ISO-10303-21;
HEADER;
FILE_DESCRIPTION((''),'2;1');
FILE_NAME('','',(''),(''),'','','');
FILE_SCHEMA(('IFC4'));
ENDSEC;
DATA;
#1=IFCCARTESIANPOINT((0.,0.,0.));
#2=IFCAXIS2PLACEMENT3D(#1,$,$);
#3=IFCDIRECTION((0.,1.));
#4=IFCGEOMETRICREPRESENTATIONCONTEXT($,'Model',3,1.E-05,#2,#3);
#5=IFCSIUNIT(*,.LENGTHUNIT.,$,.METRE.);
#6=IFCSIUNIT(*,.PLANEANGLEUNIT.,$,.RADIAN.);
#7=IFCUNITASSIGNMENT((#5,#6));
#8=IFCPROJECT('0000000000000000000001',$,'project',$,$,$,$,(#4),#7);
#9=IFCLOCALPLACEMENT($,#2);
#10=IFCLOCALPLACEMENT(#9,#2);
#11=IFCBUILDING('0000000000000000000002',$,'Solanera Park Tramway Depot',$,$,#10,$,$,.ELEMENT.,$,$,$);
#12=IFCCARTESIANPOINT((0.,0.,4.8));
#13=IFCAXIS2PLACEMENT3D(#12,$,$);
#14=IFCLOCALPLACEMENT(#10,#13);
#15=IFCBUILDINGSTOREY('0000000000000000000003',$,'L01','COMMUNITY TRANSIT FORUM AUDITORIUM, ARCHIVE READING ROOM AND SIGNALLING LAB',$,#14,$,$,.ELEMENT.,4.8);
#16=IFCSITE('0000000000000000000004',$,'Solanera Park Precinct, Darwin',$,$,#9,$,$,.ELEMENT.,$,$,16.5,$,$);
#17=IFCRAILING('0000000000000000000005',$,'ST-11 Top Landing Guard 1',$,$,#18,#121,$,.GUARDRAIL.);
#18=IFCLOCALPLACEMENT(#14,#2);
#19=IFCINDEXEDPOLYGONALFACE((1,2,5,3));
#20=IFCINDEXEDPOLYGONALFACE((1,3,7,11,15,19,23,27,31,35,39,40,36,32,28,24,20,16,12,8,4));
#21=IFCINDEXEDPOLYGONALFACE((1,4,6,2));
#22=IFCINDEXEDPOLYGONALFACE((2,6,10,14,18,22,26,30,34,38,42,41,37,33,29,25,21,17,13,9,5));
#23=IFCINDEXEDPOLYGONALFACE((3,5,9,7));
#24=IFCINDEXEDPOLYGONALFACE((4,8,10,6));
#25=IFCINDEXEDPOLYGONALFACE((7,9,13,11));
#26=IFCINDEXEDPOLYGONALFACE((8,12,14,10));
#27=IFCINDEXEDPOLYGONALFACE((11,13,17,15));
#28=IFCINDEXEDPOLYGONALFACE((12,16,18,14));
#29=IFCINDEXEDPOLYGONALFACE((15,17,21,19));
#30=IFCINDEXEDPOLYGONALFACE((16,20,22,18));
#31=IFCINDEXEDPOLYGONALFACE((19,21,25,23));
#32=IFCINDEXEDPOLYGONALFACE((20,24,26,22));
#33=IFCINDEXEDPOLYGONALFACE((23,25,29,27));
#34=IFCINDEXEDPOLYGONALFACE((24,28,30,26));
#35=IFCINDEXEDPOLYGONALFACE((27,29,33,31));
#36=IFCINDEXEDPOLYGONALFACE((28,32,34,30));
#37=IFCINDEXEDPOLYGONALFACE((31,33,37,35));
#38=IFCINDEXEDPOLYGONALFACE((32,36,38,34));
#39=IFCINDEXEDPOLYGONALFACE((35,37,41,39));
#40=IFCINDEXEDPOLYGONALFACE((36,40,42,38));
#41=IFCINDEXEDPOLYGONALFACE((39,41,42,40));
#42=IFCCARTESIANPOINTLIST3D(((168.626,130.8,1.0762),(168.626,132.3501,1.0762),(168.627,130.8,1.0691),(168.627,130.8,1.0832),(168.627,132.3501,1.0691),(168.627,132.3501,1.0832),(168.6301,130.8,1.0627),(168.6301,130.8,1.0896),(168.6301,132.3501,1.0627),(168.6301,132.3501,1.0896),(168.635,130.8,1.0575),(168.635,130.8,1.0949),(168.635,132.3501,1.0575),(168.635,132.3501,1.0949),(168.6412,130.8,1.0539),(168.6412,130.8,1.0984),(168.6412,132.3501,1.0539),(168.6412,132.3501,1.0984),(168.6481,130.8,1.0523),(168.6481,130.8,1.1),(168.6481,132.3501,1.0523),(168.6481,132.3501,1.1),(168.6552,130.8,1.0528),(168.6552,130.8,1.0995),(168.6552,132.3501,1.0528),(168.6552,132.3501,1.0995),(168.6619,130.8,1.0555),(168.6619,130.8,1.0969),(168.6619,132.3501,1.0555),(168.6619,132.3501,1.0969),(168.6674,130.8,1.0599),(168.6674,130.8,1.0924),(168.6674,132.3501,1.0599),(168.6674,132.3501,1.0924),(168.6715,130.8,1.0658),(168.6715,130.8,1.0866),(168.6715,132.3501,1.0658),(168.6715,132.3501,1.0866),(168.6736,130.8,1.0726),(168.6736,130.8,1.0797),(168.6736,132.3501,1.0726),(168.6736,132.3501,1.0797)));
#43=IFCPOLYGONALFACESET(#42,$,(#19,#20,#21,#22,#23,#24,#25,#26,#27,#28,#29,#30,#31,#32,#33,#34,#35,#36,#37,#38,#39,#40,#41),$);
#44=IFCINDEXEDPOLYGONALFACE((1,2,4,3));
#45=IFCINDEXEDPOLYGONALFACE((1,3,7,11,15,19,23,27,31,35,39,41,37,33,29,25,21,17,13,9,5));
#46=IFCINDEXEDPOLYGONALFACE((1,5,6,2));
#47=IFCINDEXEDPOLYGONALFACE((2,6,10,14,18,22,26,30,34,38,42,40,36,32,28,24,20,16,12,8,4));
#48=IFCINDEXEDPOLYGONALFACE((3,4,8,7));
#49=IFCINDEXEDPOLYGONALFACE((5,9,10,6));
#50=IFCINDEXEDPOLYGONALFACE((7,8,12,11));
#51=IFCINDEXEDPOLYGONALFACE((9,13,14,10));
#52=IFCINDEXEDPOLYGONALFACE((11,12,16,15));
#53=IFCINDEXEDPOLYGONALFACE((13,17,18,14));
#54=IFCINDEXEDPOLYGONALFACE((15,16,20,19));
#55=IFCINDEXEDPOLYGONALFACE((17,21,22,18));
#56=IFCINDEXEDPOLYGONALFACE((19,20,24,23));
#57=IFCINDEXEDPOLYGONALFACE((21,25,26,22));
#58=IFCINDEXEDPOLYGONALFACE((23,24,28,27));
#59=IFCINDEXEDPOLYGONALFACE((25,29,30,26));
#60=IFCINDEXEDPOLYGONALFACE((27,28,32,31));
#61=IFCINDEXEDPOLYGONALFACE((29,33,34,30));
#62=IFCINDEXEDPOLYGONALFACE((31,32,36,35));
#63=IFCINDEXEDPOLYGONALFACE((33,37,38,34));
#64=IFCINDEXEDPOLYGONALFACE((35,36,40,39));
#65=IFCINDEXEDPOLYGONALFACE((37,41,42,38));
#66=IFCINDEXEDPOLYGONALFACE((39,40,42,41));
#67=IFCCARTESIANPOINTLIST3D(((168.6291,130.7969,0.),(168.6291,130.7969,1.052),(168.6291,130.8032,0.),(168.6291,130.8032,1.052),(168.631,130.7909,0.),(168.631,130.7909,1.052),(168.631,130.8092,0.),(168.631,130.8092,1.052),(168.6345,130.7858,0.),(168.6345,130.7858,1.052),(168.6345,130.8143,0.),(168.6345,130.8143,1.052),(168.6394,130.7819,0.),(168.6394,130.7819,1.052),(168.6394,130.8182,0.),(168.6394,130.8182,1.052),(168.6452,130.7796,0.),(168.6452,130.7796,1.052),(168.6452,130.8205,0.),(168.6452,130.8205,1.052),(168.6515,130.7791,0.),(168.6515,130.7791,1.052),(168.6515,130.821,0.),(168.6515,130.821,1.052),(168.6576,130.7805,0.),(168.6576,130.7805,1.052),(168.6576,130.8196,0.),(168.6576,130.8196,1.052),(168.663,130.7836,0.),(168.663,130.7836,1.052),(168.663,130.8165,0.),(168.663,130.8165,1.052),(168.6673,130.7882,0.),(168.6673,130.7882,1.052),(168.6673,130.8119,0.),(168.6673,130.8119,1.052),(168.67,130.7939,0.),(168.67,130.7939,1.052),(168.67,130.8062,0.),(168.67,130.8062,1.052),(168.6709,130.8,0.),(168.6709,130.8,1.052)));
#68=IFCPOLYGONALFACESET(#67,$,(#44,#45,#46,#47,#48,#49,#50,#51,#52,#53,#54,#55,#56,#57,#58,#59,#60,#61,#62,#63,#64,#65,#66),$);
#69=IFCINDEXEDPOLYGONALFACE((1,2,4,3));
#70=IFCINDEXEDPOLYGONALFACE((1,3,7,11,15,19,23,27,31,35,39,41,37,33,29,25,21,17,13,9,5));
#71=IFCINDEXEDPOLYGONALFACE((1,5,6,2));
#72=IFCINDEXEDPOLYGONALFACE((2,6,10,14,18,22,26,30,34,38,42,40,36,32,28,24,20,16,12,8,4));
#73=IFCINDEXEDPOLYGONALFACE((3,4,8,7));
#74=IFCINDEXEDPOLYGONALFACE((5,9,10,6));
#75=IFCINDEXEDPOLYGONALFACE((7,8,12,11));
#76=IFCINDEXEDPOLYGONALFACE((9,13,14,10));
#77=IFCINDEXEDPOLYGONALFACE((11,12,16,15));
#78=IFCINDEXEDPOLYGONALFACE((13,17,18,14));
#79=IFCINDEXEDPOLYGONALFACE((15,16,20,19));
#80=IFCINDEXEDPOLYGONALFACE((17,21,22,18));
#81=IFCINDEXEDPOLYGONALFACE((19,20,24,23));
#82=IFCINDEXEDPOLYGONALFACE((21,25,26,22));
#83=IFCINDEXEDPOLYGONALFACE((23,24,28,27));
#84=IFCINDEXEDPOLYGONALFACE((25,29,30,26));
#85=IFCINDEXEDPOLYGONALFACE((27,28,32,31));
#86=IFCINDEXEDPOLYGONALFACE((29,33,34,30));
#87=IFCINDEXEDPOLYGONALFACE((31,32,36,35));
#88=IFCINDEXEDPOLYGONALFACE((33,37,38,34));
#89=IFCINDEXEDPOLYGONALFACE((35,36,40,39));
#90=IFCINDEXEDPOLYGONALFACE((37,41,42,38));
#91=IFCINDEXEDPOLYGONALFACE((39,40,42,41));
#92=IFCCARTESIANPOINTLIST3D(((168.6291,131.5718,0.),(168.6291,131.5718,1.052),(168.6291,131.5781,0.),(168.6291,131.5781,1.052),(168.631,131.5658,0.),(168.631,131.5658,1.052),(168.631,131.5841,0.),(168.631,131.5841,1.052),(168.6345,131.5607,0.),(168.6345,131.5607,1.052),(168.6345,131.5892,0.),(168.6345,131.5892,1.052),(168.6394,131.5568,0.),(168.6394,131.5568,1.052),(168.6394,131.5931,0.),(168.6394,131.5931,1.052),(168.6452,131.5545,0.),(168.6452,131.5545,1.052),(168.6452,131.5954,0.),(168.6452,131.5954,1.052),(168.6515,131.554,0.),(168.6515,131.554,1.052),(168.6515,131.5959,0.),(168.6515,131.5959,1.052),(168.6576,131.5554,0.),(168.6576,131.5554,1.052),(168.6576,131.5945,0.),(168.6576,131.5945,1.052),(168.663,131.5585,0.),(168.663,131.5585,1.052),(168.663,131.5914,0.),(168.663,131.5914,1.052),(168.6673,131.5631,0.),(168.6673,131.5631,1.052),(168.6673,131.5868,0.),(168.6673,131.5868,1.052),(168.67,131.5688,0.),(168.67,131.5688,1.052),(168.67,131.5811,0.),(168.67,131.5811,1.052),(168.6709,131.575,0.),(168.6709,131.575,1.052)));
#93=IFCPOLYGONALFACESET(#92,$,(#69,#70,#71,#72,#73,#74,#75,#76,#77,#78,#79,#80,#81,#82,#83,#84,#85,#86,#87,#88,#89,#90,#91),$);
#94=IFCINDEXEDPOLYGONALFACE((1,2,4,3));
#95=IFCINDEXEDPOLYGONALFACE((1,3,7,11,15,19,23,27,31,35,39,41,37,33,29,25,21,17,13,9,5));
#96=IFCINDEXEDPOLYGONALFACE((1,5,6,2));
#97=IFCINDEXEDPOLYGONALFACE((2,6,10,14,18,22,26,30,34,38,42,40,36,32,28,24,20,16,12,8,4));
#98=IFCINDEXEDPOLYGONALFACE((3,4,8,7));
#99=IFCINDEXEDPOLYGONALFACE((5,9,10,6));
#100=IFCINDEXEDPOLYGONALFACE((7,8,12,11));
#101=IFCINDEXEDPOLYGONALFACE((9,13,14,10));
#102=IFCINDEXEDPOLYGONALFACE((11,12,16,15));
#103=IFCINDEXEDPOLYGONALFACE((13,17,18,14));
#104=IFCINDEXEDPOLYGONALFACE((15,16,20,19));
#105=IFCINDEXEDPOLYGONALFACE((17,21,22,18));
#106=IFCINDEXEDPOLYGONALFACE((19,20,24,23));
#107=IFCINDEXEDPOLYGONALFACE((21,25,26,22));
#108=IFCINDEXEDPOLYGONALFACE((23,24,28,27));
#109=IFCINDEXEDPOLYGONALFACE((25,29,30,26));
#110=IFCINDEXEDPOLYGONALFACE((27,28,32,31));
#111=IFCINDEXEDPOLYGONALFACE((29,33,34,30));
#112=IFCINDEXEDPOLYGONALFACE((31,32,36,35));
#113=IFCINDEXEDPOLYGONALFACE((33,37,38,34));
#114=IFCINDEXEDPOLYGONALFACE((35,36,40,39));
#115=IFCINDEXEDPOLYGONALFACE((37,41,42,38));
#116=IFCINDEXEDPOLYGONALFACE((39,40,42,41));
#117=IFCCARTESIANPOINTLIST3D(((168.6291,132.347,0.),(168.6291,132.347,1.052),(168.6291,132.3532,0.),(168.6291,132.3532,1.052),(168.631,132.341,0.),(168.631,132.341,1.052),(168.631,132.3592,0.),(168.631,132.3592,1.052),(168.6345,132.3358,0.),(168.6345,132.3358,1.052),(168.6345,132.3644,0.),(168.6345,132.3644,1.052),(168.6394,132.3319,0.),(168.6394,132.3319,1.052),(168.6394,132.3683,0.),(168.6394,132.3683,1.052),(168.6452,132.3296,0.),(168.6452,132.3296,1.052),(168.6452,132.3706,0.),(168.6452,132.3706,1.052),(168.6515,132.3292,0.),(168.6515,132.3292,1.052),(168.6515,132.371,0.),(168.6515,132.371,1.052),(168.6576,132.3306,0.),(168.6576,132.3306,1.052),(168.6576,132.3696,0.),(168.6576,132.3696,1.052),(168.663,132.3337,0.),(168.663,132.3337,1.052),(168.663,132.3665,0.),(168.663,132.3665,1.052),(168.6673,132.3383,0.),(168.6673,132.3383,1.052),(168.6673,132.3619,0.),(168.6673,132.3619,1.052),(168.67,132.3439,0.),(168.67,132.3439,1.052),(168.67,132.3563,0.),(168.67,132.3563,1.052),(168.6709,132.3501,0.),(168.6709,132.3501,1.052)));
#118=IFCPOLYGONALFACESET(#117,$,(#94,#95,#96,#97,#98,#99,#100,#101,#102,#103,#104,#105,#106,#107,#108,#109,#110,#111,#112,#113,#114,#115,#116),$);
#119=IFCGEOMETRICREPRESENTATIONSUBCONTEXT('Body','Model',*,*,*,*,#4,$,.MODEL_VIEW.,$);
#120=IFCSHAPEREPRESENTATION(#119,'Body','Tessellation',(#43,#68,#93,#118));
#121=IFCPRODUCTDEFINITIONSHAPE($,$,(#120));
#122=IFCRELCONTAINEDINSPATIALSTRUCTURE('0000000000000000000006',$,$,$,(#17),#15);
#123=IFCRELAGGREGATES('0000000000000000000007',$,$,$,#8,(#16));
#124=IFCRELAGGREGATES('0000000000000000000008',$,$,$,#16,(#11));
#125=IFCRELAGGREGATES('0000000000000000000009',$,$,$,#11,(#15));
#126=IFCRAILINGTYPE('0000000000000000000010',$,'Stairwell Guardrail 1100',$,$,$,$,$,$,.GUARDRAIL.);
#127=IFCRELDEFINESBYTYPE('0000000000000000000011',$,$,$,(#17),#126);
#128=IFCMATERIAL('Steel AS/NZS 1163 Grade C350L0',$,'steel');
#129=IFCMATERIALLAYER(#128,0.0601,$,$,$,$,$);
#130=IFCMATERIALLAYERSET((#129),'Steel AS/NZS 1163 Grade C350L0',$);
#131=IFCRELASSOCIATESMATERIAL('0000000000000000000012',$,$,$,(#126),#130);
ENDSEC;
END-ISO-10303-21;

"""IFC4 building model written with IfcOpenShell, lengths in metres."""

from ifc_helpers import new_model, si_unit, direction, frame, origin, origin_2d, place, context, subcontext, project, spatial, circle, extrude, material, layer, layer_set, type_object, element, save


model = new_model("IFC4")

# Units and contexts
model_context = context("Model", 3, precision=1e-05, world=origin(), true_north=direction((0.0, 1.0)))
body_context = subcontext(model_context, "Body", "Model", "MODEL_VIEW")
ifc_project = project(units=[si_unit("LENGTHUNIT", "METRE"), si_unit("PLANEANGLEUNIT", "RADIAN")], contexts=[model_context])

# Site, building, storey
site_placement = place(None, origin())
site = spatial("IfcSite", under=ifc_project, at=site_placement, Name="Solanera Park Precinct, Darwin", CompositionType="ELEMENT", RefElevation=16.5)
building_placement = place(site_placement, origin())
building = spatial("IfcBuilding", under=site, at=building_placement, Name="Solanera Park Tramway Depot", CompositionType="ELEMENT")
storey_placement = place(building_placement, frame((0.0, 0.0, 4.8)))
storey = spatial("IfcBuildingStorey", under=building, at=storey_placement, Name="L01", Description="COMMUNITY TRANSIT FORUM AUDITORIUM, ARCHIVE READING ROOM AND SIGNALLING LAB", CompositionType="ELEMENT", Elevation=4.8)

# Railing
ifc_material_1 = material(Name="Steel AS/NZS 1163 Grade C350L0", Category="steel")
ifc_layer_1 = layer(ifc_material_1, 0.0601)
ifc_layer_set_1 = layer_set([ifc_layer_1], Name="Steel AS/NZS 1163 Grade C350L0")
railing_type = type_object("IfcRailingType", Name="Stairwell Guardrail 1100", PredefinedType="GUARDRAIL", material=ifc_layer_set_1)
railing_placement = place(storey_placement, frame((168.6499, 130.8, 0.0)))
element("IfcRailing", 1, at=railing_placement, inside=storey, type_object=railing_type, Name="ST-11 Top Landing Guard 1", PredefinedType="GUARDRAIL", context=body_context, shape_type="SweptSolid", body=[
    extrude(circle(Radius=0.0239, at=origin_2d()), frame((0.0, 0.0, 1.0762), z_axis=(0.0, 1.0, 0.0), x_axis=(-1.0, 0.0, 0.0)), (0.0, 0.0, 1.0), 1.55),
    extrude(circle(Radius=0.021, at=origin_2d()), origin(), (0.0, 0.0, 1.0), 1.052),
    extrude(circle(Radius=0.021, at=origin_2d()), frame((0.0, 0.7749, 0.0)), (0.0, 0.0, 1.0), 1.052),
    extrude(circle(Radius=0.021, at=origin_2d()), frame((0.0, 1.55, 0.0)), (0.0, 0.0, 1.0), 1.052),
])

save(model, "model.ifc")
